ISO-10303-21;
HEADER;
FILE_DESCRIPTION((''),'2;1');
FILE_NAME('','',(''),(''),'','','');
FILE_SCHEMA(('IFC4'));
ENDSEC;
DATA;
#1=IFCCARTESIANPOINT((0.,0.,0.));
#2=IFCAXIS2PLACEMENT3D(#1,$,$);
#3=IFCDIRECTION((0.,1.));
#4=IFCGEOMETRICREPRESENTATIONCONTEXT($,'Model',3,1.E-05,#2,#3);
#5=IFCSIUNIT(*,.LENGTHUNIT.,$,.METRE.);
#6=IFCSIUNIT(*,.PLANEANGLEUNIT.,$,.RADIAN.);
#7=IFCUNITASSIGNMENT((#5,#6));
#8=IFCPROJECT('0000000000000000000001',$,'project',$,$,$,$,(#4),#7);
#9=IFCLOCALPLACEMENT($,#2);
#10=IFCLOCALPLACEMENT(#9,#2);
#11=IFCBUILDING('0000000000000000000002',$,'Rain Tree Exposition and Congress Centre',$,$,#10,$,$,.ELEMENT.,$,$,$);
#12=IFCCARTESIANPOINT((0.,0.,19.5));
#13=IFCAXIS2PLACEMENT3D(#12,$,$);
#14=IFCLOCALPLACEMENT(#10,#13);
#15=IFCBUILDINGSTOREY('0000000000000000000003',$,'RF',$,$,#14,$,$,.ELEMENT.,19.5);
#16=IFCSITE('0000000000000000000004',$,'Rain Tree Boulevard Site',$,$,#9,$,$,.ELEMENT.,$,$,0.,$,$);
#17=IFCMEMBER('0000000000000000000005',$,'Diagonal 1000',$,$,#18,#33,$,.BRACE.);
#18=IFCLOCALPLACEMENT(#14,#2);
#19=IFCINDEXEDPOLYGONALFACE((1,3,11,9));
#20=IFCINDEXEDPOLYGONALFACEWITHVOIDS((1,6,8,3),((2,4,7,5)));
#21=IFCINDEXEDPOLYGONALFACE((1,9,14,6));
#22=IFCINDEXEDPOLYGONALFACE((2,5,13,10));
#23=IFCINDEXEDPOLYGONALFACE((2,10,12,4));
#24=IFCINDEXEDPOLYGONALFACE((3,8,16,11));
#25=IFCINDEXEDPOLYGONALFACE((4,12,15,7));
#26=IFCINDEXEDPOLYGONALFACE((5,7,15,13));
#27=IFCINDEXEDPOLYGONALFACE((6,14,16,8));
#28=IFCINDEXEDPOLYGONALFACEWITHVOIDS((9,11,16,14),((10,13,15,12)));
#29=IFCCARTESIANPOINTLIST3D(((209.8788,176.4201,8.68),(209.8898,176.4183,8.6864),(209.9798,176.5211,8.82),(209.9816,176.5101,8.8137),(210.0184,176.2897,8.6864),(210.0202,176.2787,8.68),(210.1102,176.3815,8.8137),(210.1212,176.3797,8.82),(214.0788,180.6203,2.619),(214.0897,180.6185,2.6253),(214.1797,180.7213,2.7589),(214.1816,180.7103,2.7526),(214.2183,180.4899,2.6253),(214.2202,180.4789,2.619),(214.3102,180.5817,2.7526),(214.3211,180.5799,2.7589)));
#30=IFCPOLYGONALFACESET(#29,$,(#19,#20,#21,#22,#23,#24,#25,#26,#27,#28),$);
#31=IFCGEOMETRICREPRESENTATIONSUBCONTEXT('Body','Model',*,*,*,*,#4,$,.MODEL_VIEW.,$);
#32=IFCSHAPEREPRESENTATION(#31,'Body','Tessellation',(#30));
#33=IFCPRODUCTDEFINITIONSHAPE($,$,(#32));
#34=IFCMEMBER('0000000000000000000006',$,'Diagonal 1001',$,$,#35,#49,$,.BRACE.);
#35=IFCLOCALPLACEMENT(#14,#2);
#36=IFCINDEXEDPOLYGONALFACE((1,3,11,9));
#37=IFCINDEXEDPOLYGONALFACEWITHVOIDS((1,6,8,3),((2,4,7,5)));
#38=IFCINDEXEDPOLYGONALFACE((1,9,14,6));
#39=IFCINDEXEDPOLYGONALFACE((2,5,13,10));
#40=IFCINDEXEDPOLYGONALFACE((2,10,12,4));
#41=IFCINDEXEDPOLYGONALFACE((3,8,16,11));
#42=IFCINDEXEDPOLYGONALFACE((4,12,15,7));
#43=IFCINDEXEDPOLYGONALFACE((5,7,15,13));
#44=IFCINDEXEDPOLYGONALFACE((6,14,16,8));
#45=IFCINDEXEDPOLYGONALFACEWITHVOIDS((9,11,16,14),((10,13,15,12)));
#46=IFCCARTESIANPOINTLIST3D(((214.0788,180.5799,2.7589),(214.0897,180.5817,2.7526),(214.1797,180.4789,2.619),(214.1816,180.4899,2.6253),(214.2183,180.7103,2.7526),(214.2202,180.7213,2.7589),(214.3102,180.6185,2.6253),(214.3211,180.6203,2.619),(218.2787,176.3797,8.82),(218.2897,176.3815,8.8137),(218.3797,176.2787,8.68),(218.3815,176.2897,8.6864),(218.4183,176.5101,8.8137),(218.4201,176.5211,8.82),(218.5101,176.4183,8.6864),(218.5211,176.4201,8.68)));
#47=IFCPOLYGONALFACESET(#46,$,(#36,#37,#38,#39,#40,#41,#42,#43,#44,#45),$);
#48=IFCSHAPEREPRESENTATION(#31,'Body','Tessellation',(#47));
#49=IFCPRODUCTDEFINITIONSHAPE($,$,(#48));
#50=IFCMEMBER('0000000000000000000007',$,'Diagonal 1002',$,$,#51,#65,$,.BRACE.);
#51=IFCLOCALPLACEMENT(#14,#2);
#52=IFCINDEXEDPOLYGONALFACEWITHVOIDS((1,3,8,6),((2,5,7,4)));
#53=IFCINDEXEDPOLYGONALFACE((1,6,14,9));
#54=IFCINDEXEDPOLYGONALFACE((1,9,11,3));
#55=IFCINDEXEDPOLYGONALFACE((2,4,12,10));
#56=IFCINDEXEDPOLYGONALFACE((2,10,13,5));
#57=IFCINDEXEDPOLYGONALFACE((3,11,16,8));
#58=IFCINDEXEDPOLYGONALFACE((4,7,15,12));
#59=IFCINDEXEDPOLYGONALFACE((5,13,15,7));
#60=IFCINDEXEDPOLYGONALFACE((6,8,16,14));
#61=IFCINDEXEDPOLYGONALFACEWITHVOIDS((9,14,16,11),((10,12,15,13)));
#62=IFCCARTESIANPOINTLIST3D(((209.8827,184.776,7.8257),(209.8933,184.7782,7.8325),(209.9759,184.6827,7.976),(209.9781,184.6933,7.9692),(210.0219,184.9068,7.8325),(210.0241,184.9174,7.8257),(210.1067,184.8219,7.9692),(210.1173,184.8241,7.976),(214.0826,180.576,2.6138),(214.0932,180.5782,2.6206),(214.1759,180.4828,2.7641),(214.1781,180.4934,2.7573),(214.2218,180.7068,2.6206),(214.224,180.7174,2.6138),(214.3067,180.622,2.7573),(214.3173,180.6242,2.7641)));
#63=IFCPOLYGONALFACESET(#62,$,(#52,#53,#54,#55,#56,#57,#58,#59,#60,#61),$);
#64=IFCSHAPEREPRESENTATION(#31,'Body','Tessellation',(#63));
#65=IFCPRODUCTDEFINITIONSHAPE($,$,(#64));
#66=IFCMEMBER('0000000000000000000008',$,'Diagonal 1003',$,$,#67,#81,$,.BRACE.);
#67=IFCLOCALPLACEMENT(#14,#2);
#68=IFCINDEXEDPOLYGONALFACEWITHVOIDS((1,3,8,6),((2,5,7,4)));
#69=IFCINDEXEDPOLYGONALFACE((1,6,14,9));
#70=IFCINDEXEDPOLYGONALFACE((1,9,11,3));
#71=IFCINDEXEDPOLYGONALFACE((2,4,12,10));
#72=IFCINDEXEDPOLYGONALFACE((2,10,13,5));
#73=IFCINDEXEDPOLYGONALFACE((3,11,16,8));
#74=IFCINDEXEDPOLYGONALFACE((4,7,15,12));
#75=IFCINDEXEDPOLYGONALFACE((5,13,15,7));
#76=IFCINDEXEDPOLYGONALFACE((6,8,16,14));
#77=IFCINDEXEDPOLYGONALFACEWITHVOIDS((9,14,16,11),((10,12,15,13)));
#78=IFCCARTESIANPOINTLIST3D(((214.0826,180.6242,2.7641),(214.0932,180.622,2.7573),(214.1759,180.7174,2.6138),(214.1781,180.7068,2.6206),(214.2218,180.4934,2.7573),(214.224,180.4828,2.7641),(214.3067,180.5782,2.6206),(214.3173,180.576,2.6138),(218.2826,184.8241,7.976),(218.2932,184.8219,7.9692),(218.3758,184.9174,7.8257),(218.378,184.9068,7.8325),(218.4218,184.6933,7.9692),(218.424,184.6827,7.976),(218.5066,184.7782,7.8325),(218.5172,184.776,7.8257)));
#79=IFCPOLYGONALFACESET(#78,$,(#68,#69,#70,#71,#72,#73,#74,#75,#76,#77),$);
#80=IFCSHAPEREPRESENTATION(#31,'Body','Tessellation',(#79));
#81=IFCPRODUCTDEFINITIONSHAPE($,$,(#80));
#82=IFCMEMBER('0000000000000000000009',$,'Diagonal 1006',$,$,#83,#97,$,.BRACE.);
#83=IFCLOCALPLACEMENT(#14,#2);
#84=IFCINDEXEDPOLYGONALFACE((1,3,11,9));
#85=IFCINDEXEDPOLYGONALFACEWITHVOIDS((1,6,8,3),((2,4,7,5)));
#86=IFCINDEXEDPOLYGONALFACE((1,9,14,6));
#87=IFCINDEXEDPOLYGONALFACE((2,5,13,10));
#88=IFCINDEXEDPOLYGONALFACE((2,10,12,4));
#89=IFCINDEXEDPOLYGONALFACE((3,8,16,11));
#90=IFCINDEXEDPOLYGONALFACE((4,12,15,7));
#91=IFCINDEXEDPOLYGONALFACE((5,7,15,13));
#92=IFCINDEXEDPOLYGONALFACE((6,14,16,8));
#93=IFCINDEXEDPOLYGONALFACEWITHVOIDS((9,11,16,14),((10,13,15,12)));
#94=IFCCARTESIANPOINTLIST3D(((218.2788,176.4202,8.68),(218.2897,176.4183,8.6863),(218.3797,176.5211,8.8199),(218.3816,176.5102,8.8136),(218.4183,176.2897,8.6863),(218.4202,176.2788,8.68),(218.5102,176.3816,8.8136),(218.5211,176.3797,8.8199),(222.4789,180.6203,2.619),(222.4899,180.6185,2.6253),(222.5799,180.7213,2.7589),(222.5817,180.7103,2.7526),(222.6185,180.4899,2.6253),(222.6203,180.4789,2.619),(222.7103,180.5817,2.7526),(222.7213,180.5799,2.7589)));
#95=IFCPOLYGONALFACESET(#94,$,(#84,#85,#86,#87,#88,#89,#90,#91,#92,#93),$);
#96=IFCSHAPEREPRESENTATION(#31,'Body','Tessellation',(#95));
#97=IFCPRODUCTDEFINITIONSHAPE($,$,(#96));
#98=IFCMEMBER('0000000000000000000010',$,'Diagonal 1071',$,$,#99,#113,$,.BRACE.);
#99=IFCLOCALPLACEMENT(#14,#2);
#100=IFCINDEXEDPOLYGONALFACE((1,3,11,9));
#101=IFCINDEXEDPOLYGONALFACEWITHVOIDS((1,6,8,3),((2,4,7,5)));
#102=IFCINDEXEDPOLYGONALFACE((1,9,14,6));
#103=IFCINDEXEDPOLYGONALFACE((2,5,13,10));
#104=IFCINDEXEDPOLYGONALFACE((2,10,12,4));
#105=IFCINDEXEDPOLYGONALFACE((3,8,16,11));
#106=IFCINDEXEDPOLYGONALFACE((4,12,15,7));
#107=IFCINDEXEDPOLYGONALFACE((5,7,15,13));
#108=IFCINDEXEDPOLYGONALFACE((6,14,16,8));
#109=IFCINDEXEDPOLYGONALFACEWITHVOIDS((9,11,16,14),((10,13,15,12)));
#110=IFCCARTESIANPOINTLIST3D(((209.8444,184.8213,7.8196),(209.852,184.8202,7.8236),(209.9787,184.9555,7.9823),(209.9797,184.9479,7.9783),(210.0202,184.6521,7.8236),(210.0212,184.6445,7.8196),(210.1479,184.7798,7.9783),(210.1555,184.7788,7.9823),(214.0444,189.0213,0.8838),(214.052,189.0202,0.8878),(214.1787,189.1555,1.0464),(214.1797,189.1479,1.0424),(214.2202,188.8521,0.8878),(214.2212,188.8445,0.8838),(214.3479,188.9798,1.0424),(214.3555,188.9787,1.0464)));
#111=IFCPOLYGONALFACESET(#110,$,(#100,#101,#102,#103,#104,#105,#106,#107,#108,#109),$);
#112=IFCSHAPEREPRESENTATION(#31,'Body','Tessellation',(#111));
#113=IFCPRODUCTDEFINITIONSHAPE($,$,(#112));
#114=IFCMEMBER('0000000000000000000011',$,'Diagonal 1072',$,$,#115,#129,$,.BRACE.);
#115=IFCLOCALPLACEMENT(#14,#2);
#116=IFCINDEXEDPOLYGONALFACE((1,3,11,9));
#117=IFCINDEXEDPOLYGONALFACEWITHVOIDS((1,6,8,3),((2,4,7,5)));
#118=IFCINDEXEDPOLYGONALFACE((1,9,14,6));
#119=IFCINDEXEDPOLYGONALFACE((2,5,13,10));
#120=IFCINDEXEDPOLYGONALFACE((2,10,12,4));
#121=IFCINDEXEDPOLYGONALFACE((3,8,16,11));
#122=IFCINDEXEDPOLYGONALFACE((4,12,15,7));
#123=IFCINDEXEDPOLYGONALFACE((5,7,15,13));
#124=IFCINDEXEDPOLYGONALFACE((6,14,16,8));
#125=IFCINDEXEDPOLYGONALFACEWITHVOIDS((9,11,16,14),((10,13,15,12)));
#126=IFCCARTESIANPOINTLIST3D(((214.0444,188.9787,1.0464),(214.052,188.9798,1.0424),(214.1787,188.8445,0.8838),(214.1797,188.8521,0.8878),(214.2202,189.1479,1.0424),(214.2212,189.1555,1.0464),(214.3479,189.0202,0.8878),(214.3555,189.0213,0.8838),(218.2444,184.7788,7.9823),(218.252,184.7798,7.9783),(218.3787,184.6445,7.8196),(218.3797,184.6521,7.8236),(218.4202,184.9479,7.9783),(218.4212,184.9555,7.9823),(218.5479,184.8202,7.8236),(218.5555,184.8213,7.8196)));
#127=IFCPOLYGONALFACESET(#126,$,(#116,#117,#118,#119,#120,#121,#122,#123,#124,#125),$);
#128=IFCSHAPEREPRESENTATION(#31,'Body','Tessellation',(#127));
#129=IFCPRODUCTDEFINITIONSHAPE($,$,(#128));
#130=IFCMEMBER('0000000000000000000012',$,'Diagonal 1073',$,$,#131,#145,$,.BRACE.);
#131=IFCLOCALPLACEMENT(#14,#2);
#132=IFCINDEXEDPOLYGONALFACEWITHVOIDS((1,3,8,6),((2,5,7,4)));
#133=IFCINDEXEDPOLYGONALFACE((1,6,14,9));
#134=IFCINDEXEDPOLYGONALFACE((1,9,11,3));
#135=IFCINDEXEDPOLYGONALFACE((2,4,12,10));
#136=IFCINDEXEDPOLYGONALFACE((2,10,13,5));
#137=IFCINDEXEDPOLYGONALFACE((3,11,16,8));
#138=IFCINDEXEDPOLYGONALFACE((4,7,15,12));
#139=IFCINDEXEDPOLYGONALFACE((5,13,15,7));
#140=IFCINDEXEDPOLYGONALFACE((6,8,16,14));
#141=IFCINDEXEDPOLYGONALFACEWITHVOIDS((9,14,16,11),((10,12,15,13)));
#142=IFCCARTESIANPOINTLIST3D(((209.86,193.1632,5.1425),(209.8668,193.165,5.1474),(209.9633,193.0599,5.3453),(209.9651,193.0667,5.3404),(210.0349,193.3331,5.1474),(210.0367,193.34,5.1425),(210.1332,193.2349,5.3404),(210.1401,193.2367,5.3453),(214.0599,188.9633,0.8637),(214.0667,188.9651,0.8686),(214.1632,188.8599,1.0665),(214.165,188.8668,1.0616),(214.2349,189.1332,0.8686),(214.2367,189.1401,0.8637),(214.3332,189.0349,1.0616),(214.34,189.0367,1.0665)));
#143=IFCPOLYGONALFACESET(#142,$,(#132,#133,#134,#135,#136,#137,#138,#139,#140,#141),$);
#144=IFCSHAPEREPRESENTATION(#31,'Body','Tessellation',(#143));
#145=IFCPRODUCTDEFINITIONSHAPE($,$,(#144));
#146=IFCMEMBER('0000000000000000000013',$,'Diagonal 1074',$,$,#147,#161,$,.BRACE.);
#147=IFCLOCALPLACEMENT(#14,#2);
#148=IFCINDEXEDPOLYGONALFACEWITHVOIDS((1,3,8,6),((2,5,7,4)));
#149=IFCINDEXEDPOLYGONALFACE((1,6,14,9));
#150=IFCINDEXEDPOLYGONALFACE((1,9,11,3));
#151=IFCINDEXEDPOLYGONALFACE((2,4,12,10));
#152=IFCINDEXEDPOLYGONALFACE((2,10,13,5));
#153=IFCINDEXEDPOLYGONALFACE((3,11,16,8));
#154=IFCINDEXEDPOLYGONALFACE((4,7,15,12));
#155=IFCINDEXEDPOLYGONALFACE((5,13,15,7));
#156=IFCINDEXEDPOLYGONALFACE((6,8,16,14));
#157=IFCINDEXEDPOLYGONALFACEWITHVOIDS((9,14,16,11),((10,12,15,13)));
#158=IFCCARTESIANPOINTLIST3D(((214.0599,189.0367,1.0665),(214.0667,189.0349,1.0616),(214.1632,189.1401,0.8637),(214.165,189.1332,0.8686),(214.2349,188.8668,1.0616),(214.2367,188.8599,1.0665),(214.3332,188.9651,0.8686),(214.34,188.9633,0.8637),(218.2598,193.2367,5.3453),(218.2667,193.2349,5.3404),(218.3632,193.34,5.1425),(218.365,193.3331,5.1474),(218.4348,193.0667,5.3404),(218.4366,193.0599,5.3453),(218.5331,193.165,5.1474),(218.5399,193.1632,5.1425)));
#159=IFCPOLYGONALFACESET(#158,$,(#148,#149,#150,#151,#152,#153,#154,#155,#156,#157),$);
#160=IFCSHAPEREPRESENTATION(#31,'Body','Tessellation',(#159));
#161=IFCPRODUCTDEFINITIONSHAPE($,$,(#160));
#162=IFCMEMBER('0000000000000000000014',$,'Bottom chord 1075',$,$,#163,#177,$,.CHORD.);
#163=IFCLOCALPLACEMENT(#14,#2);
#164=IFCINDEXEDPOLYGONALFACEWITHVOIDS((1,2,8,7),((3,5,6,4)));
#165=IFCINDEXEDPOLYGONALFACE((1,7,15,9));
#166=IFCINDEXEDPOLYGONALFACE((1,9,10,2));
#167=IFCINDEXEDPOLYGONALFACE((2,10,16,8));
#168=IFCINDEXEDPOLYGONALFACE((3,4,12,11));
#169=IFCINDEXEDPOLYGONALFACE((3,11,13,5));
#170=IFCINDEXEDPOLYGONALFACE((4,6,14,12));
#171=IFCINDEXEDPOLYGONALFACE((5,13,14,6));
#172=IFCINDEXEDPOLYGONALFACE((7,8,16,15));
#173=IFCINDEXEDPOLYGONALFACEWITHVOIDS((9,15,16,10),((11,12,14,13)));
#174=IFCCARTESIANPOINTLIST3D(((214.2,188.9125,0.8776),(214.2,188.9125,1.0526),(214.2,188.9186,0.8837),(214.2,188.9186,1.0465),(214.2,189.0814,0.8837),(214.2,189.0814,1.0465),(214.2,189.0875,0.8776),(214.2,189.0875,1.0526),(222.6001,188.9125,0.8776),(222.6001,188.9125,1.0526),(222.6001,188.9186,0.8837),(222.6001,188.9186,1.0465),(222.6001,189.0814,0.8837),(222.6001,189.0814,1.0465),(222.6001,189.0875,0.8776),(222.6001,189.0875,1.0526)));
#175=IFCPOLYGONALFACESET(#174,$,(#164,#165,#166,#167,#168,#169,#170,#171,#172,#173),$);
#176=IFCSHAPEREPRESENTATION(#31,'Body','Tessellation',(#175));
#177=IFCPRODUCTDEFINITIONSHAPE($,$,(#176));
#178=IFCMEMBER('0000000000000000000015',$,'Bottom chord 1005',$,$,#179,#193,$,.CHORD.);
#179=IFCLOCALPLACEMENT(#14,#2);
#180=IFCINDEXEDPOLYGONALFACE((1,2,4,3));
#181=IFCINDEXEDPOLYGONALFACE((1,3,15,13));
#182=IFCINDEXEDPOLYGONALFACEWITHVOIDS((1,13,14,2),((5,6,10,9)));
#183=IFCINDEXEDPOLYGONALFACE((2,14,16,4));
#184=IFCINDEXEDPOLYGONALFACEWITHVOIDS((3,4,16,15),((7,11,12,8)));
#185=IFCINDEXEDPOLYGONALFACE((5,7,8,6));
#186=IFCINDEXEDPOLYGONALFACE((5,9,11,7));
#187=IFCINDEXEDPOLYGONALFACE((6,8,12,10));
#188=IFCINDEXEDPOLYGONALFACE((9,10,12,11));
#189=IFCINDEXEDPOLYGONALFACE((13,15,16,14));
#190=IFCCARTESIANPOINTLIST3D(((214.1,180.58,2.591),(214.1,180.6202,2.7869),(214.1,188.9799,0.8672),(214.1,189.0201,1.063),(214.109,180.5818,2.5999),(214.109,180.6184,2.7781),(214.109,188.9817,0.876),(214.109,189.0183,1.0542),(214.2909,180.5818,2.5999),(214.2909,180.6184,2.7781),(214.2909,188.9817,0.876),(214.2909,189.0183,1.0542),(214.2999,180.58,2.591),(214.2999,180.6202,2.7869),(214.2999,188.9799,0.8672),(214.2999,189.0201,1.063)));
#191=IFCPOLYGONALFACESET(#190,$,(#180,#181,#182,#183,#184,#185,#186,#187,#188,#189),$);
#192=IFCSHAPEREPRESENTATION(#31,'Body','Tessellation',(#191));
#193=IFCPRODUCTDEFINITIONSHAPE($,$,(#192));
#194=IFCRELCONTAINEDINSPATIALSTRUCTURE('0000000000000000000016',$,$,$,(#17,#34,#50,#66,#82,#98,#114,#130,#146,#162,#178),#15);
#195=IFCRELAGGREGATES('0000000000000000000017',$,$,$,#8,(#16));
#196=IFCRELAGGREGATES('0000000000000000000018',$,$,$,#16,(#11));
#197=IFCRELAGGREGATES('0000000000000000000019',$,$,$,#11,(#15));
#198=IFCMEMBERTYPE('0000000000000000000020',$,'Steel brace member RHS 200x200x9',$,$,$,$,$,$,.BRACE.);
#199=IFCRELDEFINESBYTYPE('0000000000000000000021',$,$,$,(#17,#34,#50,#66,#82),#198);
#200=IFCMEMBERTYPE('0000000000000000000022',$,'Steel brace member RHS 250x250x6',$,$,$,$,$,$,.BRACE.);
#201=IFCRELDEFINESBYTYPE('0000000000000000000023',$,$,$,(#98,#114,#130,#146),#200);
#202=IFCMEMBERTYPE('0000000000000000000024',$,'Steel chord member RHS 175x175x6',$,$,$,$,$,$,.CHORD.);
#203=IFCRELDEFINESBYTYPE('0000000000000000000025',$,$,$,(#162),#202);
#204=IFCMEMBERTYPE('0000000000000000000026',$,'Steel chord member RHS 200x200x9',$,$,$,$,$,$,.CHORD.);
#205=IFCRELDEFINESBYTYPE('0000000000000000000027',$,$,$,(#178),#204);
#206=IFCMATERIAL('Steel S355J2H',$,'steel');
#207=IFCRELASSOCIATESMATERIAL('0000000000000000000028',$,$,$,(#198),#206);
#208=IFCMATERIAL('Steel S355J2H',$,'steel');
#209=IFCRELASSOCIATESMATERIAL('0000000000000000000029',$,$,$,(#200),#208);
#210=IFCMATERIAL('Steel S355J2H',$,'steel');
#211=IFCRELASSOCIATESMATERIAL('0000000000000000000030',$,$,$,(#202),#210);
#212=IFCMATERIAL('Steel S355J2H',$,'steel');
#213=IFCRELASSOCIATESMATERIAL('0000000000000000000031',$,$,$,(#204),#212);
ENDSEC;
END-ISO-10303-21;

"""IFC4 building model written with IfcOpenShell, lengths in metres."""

from ifc_helpers import new_model, si_unit, direction, frame, origin, origin_2d, place, context, subcontext, project, spatial, hollow_rectangle, extrude, material, material_profile, profile_set, type_object, element, save


model = new_model("IFC4")

# Units and contexts
model_context = context("Model", 3, precision=1e-05, world=origin(), true_north=direction((0.0, 1.0)))
body_context = subcontext(model_context, "Body", "Model", "MODEL_VIEW")
ifc_project = project(units=[si_unit("LENGTHUNIT", "METRE"), si_unit("PLANEANGLEUNIT", "RADIAN")], contexts=[model_context])

# Site, building, storey
site_placement = place(None, origin())
site = spatial("IfcSite", under=ifc_project, at=site_placement, Name="Rain Tree Boulevard Site", CompositionType="ELEMENT", RefElevation=0.0)
building_placement = place(site_placement, origin())
building = spatial("IfcBuilding", under=site, at=building_placement, Name="Rain Tree Exposition and Congress Centre", CompositionType="ELEMENT")
storey_placement = place(building_placement, frame((0.0, 0.0, 19.5)))
storey = spatial("IfcBuildingStorey", under=building, at=storey_placement, Name="RF", CompositionType="ELEMENT", Elevation=19.5)

# Members
ifc_material_1 = material(Name="Steel S355J2H", Category="steel")
ifc_material_profile_1 = material_profile(ifc_material_1, hollow_rectangle(XDim=0.2, YDim=0.2, WallThickness=0.009, at=origin_2d()), Name="RHS 200x200x9")
ifc_profile_set_1 = profile_set([ifc_material_profile_1], Name="Steel S355J2H")
member_type_1 = type_object("IfcMemberType", Name="Steel brace member RHS 200x200x9", PredefinedType="BRACE", material=ifc_profile_set_1)
for number, where, z_axis, x_axis, name in (
    (1, (214.2, 180.6001, 2.689), (-0.494909, -0.494938, 0.714214), (0.707127, -0.707086, 0.0), "Diagonal 1000"),
    (2, (214.2, 180.6001, 2.689), (0.494909, -0.494938, 0.714214), (0.707127, 0.707086, 0.0), "Diagonal 1001"),
):
    element("IfcMember", number, at=place(storey_placement, frame(where, z_axis=z_axis, x_axis=x_axis)), inside=storey, type_object=member_type_1, Name=name, PredefinedType="BRACE", context=body_context, shape_type="SweptSolid", body=[
        extrude(hollow_rectangle(XDim=0.2, YDim=0.2, WallThickness=0.009, at=origin_2d()), origin(), (0.0, 0.0, 1.0), 8.4863),
    ])
for number, where, z_axis, x_axis, name in (
    (3, (214.2, 180.6001, 2.689), (-0.531498, 0.531498, 0.65956), (-0.707107, -0.707107, 0.0), "Diagonal 1002"),
    (4, (214.2, 180.6001, 2.689), (0.531498, 0.531498, 0.65956), (-0.707107, 0.707107, 0.0), "Diagonal 1003"),
):
    element("IfcMember", number, at=place(storey_placement, frame(where, z_axis=z_axis, x_axis=x_axis)), inside=storey, type_object=member_type_1, Name=name, PredefinedType="BRACE", context=body_context, shape_type="SweptSolid", body=[
        extrude(hollow_rectangle(XDim=0.2, YDim=0.2, WallThickness=0.009, at=origin_2d()), origin(), (0.0, 0.0, 1.0), 7.9021),
    ])
member_1_placement = place(storey_placement, frame((222.6001, 180.6001, 2.689), z_axis=(-0.494931, -0.494931, 0.714203), x_axis=(0.707107, -0.707107, 0.0)))
element("IfcMember", 5, at=member_1_placement, inside=storey, type_object=member_type_1, Name="Diagonal 1006", PredefinedType="BRACE", context=body_context, shape_type="SweptSolid", body=[
    extrude(hollow_rectangle(XDim=0.2, YDim=0.2, WallThickness=0.009, at=origin_2d()), origin(), (0.0, 0.0, 1.0), 8.4863),
])
ifc_material_2 = material(Name="Steel S355J2H", Category="steel")
ifc_material_profile_2 = material_profile(ifc_material_2, hollow_rectangle(XDim=0.25, YDim=0.25, WallThickness=0.0061, at=origin_2d()), Name="RHS 250x250x6")
ifc_profile_set_2 = profile_set([ifc_material_profile_2], Name="Steel S355J2H")
member_type_2 = type_object("IfcMemberType", Name="Steel brace member RHS 250x250x6", PredefinedType="BRACE", material=ifc_profile_set_2)
for number, where, z_axis, x_axis, name in (
    (6, (214.2, 189.0, 0.9651), (-0.459941, -0.459941, 0.759545), (0.707107, -0.707107, 0.0), "Diagonal 1071"),
    (7, (214.2, 189.0, 0.9651), (0.459941, -0.459941, 0.759545), (0.707107, 0.707107, 0.0), "Diagonal 1072"),
):
    element("IfcMember", number, at=place(storey_placement, frame(where, z_axis=z_axis, x_axis=x_axis)), inside=storey, type_object=member_type_2, Name=name, PredefinedType="BRACE", context=body_context, shape_type="SweptSolid", body=[
        extrude(hollow_rectangle(XDim=0.25, YDim=0.25, WallThickness=0.0061, at=origin_2d()), origin(), (0.0, 0.0, 1.0), 9.1316),
    ])
for number, where, z_axis, x_axis, name in (
    (8, (214.2, 189.0, 0.9651), (-0.573737, 0.573737, 0.58451), (-0.707107, -0.707107, 0.0), "Diagonal 1073"),
    (9, (214.2, 189.0, 0.9651), (0.573737, 0.573737, 0.58451), (-0.707107, 0.707107, 0.0), "Diagonal 1074"),
):
    element("IfcMember", number, at=place(storey_placement, frame(where, z_axis=z_axis, x_axis=x_axis)), inside=storey, type_object=member_type_2, Name=name, PredefinedType="BRACE", context=body_context, shape_type="SweptSolid", body=[
        extrude(hollow_rectangle(XDim=0.25, YDim=0.25, WallThickness=0.0061, at=origin_2d()), origin(), (0.0, 0.0, 1.0), 7.3203),
    ])
ifc_material_3 = material(Name="Steel S355J2H", Category="steel")
ifc_material_profile_3 = material_profile(ifc_material_3, hollow_rectangle(XDim=0.175, YDim=0.175, WallThickness=0.0061, at=origin_2d()), Name="RHS 175x175x6")
ifc_profile_set_3 = profile_set([ifc_material_profile_3], Name="Steel S355J2H")
member_type_3 = type_object("IfcMemberType", Name="Steel chord member RHS 175x175x6", PredefinedType="CHORD", material=ifc_profile_set_3)
member_2_placement = place(storey_placement, frame((214.2, 189.0, 0.9651), z_axis=(1.0, 0.0, 0.0), x_axis=(0.0, 1.0, 0.0)))
element("IfcMember", 10, at=member_2_placement, inside=storey, type_object=member_type_3, Name="Bottom chord 1075", PredefinedType="CHORD", context=body_context, shape_type="SweptSolid", body=[
    extrude(hollow_rectangle(XDim=0.175, YDim=0.175, WallThickness=0.0061, at=origin_2d()), origin(), (0.0, 0.0, 1.0), 8.4001),
])
ifc_material_4 = material(Name="Steel S355J2H", Category="steel")
ifc_material_profile_4 = material_profile(ifc_material_4, hollow_rectangle(XDim=0.2, YDim=0.2, WallThickness=0.009, at=origin_2d()), Name="RHS 200x200x9")
ifc_profile_set_4 = profile_set([ifc_material_profile_4], Name="Steel S355J2H")
member_type_4 = type_object("IfcMemberType", Name="Steel chord member RHS 200x200x9", PredefinedType="CHORD", material=ifc_profile_set_4)
member_3_placement = place(storey_placement, frame((214.2, 180.6001, 2.689), z_axis=(0.0, 0.979584, -0.201036), x_axis=(-1.0, 0.0, 0.0)))
element("IfcMember", 11, at=member_3_placement, inside=storey, type_object=member_type_4, Name="Bottom chord 1005", PredefinedType="CHORD", context=body_context, shape_type="SweptSolid", body=[
    extrude(hollow_rectangle(XDim=0.2, YDim=0.2, WallThickness=0.009, at=origin_2d()), origin(), (0.0, 0.0, 1.0), 8.575),
])

save(model, "model.ifc")
